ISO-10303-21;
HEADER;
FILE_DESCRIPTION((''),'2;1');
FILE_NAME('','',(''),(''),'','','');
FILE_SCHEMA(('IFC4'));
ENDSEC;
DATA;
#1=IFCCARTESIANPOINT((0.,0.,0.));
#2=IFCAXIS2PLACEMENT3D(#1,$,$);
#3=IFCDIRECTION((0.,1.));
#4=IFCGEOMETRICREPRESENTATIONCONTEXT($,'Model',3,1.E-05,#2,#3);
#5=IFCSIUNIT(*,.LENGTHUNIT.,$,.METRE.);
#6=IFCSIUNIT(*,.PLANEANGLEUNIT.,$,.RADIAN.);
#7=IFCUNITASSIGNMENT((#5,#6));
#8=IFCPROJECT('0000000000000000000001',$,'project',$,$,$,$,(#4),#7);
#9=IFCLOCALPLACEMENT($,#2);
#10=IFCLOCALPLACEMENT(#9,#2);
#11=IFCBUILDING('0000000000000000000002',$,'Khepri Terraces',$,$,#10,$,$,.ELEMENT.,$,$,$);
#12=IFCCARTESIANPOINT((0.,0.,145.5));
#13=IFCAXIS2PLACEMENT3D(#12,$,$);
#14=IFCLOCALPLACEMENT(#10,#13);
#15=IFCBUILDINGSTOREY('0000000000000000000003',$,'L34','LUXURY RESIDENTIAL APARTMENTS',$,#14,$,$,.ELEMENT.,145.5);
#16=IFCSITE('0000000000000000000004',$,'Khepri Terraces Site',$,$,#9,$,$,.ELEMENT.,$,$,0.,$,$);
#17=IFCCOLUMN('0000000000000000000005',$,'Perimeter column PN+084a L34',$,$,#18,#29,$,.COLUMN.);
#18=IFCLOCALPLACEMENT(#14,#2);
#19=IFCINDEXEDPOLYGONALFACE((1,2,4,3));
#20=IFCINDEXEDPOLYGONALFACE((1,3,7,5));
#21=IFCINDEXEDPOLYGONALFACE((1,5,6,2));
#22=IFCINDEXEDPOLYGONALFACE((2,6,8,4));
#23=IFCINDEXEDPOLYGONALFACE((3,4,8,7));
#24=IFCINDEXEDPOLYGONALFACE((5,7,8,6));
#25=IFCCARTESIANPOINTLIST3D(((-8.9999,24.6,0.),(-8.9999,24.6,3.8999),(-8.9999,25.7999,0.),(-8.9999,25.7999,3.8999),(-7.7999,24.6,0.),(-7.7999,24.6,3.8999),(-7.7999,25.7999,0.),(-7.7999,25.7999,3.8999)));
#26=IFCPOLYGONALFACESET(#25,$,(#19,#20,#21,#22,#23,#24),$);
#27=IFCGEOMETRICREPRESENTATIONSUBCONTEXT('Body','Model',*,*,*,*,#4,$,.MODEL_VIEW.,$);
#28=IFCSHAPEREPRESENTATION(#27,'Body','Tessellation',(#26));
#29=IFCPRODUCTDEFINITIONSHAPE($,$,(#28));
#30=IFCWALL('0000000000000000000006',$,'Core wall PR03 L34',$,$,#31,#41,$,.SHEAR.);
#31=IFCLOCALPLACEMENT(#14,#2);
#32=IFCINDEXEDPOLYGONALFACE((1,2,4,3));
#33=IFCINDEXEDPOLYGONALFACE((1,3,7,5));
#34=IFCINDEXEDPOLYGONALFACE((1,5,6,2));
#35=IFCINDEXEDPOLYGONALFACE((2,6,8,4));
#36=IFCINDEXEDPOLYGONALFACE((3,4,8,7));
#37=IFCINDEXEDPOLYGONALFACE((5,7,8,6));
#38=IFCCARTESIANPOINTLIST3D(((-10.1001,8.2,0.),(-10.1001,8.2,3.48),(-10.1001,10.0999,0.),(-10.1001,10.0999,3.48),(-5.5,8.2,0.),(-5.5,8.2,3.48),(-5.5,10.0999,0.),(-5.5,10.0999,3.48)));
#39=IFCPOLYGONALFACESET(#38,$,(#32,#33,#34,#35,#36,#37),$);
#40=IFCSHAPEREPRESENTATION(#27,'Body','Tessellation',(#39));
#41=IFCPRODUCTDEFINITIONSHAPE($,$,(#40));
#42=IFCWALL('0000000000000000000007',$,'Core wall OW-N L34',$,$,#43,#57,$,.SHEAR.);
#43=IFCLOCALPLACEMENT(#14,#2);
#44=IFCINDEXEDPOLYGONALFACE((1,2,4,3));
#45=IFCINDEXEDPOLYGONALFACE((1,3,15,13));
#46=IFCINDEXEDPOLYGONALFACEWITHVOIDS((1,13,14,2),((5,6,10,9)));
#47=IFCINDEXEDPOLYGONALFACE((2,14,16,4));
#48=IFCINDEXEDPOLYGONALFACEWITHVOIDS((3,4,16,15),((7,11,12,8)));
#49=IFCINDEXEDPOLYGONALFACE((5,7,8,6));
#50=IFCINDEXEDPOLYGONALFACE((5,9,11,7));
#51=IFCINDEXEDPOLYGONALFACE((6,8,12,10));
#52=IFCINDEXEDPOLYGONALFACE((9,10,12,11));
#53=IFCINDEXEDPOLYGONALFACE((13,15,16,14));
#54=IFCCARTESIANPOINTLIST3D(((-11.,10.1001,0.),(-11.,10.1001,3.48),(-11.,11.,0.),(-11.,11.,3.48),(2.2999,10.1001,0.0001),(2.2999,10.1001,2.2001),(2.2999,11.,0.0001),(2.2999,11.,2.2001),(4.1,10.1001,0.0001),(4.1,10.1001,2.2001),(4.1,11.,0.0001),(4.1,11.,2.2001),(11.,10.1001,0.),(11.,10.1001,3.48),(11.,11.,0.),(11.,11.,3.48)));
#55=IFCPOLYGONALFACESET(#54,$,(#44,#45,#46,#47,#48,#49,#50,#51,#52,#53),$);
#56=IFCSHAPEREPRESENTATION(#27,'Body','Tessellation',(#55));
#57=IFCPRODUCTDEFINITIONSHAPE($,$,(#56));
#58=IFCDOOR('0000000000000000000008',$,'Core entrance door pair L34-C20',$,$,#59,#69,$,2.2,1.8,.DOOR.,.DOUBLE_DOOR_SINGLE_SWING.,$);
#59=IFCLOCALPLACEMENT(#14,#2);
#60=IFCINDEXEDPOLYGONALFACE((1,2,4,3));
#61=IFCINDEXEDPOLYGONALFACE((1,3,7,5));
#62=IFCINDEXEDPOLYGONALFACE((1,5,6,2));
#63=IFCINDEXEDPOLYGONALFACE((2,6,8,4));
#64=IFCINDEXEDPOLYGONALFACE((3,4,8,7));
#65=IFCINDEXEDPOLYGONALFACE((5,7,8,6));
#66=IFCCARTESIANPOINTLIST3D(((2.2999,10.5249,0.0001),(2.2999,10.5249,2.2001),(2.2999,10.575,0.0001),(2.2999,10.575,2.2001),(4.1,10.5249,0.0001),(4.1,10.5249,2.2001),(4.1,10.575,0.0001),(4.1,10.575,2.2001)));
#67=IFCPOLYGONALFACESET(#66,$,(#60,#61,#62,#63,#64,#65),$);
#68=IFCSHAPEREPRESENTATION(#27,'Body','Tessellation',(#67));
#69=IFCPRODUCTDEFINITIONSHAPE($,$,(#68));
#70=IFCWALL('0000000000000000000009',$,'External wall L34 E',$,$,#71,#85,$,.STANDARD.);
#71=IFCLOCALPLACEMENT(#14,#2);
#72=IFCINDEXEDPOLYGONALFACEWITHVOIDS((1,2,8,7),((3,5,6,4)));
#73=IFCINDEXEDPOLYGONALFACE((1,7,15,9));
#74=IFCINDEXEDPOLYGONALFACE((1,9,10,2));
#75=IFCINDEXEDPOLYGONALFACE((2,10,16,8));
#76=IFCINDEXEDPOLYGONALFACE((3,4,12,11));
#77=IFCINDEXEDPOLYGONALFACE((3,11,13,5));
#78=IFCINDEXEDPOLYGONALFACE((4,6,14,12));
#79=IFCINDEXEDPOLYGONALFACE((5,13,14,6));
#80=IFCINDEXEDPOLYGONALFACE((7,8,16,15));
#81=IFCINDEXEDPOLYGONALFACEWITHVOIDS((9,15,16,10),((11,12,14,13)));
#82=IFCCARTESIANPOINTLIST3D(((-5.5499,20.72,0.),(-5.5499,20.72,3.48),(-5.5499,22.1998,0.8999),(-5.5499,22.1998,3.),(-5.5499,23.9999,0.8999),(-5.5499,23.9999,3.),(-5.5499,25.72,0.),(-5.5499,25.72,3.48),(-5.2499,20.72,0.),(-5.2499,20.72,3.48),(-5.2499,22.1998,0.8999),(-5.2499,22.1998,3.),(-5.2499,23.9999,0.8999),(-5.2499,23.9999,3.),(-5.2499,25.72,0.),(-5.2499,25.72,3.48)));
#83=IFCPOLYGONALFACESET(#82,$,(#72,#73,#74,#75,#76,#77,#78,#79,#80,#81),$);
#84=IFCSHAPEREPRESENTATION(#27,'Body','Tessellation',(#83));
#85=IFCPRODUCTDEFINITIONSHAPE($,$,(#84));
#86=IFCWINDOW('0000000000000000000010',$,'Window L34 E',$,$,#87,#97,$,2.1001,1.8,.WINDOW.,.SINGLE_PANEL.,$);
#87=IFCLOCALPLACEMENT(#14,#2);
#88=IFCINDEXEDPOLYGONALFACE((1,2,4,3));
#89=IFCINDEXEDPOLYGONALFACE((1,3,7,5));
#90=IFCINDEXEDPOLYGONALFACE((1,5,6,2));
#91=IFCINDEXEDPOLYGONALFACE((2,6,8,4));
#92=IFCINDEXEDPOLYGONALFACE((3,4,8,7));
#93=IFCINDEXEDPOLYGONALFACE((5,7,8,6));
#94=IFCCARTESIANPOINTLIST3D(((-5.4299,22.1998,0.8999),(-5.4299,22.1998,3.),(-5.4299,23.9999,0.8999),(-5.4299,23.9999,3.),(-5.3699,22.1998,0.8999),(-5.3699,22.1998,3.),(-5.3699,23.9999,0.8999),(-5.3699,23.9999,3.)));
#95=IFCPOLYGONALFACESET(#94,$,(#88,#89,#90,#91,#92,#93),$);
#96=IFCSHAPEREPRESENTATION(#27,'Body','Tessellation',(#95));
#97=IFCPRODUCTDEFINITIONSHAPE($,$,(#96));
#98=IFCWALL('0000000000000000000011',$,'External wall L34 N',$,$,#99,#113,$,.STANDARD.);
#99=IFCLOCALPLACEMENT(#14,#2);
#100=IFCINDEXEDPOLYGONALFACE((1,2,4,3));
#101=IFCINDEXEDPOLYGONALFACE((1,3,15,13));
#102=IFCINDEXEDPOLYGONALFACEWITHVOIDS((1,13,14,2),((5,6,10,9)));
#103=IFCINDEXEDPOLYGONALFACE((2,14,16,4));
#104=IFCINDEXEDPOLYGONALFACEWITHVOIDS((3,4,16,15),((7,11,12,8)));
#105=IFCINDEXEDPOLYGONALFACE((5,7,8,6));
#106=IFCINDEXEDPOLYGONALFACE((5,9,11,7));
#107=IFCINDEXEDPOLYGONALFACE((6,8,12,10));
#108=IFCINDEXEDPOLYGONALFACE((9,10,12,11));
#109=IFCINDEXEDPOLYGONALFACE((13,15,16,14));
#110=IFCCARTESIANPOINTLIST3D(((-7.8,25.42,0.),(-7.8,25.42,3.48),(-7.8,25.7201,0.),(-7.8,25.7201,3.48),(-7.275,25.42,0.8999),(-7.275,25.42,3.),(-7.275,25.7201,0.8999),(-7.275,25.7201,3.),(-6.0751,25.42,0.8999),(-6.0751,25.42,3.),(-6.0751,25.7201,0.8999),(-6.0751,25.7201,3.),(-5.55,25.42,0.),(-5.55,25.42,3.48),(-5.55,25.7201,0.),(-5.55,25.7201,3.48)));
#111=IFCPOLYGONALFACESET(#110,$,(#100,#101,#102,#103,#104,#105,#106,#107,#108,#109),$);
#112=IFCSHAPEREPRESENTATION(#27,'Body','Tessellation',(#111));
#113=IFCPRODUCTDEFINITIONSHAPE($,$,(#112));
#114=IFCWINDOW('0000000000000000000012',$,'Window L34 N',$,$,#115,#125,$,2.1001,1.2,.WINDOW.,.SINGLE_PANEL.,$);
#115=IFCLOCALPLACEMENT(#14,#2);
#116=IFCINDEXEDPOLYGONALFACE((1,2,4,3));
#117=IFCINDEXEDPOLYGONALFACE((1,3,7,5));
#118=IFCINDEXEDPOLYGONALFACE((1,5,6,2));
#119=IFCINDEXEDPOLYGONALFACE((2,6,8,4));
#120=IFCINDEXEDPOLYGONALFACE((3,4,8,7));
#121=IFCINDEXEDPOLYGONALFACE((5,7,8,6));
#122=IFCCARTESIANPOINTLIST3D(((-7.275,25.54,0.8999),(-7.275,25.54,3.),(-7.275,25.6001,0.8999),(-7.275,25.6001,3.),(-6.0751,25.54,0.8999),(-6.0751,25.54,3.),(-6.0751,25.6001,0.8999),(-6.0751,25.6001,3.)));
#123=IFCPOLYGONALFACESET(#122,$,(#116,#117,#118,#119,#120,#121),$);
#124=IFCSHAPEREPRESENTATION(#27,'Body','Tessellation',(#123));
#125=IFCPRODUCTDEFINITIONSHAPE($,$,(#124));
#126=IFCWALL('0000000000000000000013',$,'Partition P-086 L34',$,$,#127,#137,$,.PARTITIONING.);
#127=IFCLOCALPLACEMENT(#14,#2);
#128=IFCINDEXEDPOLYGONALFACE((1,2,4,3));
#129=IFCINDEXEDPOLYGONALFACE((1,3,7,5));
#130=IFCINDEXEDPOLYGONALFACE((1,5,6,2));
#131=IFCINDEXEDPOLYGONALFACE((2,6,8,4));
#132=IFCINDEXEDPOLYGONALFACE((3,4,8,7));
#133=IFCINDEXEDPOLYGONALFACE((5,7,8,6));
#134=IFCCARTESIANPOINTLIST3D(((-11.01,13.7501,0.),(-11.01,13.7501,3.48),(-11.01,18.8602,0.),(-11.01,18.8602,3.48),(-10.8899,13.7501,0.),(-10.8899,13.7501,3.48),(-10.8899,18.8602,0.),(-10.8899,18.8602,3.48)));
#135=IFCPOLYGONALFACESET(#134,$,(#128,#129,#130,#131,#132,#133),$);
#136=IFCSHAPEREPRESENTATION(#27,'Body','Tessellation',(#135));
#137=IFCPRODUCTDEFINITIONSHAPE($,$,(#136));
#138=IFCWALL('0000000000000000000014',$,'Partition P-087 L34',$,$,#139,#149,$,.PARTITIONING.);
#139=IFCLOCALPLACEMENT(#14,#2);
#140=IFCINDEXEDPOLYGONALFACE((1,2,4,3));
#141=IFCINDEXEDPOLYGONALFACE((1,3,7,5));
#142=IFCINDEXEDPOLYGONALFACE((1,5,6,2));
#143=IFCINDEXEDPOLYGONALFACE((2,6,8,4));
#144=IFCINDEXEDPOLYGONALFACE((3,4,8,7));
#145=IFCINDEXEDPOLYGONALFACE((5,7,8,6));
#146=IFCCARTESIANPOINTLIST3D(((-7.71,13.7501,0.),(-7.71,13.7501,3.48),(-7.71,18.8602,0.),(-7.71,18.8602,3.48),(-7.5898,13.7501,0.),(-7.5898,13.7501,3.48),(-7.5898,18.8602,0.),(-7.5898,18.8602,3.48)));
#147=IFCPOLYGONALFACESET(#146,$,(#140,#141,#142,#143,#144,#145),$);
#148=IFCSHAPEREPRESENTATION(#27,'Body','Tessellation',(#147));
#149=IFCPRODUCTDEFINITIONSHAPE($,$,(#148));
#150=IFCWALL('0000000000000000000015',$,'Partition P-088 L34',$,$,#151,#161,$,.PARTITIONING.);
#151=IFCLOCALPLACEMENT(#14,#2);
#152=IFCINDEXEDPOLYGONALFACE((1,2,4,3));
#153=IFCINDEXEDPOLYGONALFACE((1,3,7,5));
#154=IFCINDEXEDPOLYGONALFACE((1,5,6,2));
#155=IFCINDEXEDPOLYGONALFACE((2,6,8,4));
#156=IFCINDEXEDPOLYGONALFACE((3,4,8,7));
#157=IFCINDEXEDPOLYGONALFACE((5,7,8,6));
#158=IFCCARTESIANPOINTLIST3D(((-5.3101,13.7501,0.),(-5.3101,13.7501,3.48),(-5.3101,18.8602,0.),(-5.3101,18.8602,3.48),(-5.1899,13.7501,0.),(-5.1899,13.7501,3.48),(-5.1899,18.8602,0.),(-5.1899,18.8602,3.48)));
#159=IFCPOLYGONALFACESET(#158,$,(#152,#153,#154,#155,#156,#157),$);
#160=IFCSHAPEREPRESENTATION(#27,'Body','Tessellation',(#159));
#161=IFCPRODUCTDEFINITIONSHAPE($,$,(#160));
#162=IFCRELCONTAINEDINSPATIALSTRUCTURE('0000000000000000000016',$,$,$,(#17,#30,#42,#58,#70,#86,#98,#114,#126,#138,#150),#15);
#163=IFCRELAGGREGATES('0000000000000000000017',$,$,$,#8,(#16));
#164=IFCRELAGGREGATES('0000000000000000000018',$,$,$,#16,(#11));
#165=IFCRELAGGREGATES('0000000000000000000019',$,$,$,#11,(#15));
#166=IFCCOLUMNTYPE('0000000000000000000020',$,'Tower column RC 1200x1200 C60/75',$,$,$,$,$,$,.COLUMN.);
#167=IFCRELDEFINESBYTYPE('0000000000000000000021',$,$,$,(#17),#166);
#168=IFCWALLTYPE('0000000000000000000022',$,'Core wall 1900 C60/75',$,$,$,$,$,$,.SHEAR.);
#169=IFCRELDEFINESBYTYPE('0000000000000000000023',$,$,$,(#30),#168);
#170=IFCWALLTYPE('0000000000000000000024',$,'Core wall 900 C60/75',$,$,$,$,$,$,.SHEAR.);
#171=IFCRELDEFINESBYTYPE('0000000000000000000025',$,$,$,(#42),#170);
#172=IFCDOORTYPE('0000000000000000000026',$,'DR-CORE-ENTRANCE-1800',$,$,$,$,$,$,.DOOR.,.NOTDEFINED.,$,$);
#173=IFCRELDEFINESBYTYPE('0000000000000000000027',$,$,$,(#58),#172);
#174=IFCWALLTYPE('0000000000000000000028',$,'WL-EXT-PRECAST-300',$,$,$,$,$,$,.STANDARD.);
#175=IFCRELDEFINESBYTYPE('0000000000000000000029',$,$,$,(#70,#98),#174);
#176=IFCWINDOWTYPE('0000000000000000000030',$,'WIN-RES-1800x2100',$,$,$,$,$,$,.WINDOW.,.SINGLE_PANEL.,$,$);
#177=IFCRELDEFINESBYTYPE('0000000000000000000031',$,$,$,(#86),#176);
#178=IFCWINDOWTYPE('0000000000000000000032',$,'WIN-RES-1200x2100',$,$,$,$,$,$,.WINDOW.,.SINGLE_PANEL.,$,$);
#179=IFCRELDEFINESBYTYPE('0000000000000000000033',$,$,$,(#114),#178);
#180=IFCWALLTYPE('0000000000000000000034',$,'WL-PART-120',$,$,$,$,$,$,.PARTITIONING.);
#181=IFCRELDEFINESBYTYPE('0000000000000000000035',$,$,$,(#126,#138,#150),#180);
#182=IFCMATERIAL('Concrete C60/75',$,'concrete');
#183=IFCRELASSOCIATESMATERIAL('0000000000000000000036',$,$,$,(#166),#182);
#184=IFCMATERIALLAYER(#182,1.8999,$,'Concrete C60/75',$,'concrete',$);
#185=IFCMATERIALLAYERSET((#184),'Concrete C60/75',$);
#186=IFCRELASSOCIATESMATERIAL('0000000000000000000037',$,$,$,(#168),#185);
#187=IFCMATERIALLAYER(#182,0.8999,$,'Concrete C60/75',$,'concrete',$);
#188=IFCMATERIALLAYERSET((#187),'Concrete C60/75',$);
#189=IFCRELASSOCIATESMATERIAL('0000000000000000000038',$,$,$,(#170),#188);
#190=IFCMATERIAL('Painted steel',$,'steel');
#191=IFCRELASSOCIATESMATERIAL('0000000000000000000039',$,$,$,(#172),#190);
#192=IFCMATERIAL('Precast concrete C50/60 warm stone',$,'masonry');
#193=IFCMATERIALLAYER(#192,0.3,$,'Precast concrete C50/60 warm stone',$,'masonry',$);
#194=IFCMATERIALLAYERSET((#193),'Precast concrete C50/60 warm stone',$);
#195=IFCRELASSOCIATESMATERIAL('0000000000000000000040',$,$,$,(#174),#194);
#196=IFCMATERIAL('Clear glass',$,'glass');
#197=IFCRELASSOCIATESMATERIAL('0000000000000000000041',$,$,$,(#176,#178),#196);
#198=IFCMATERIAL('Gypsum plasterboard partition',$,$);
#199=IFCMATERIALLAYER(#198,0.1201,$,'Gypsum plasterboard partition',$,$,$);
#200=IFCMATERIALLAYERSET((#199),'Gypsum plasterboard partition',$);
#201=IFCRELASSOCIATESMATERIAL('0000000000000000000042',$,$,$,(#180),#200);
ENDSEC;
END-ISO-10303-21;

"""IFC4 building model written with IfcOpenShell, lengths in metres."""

from ifc_helpers import new_model, si_unit, direction, frame, frame_2d, origin, origin_2d, place, context, subcontext, project, spatial, rectangle, extrude, material, layer, layer_set, material_profile, profile_set, type_object, element, fill, save


model = new_model("IFC4")

# Units and contexts
model_context = context("Model", 3, precision=1e-05, world=origin(), true_north=direction((0.0, 1.0)))
body_context = subcontext(model_context, "Body", "Model", "MODEL_VIEW")
ifc_project = project(units=[si_unit("LENGTHUNIT", "METRE"), si_unit("PLANEANGLEUNIT", "RADIAN")], contexts=[model_context])

# Site, building, storey
site_placement = place(None, origin())
site = spatial("IfcSite", under=ifc_project, at=site_placement, Name="Khepri Terraces Site", CompositionType="ELEMENT", RefElevation=0.0)
building_placement = place(site_placement, origin())
building = spatial("IfcBuilding", under=site, at=building_placement, Name="Khepri Terraces", CompositionType="ELEMENT")
storey_placement = place(building_placement, frame((0.0, 0.0, 145.5)))
storey = spatial("IfcBuildingStorey", under=building, at=storey_placement, Name="L34", Description="LUXURY RESIDENTIAL APARTMENTS", CompositionType="ELEMENT", Elevation=145.5)

# Column
ifc_material_1 = material(Name="Concrete C60/75", Category="concrete")
ifc_material_profile = material_profile(ifc_material_1, rectangle(XDim=1.2, YDim=1.2, at=origin_2d()), Name="Concrete C60/75", Category="concrete")
ifc_profile_set = profile_set([ifc_material_profile], Name="Concrete C60/75")
column_type = type_object("IfcColumnType", Name="Tower column RC 1200x1200 C60/75", PredefinedType="COLUMN", material=ifc_profile_set)
column_placement = place(storey_placement, frame((-8.3999, 25.2, 0.0), z_axis=(0.0, 0.0, 1.0), x_axis=(1.0, 0.0, 0.0)))
element("IfcColumn", 1, at=column_placement, inside=storey, type_object=column_type, Name="Perimeter column PN+084a L34", PredefinedType="COLUMN", context=body_context, shape_type="SweptSolid", body=[
    extrude(rectangle(XDim=1.2, YDim=1.2, at=origin_2d()), origin(), (0.0, 0.0, 1.0), 3.8999),
])

# Wall
ifc_layer_1 = layer(ifc_material_1, 1.8999, Name="Concrete C60/75", Category="concrete")
ifc_layer_set_1 = layer_set([ifc_layer_1], Name="Concrete C60/75")
wall_type_1 = type_object("IfcWallType", Name="Core wall 1900 C60/75", PredefinedType="SHEAR", material=ifc_layer_set_1)
wall_1_placement = place(storey_placement, frame((-10.1001, 9.1499, 0.0), z_axis=(0.0, 0.0, 1.0), x_axis=(1.0, 0.0, 0.0)))
element("IfcWall", 2, at=wall_1_placement, inside=storey, type_object=wall_type_1, Name="Core wall PR03 L34", PredefinedType="SHEAR", context=body_context, shape_type="SweptSolid", body=[
    extrude(rectangle(XDim=4.6001, YDim=1.8999, at=frame_2d((2.3, 0.0))), origin(), (0.0, 0.0, 1.0), 3.48),
])

# Wall, opening, door
ifc_layer_2 = layer(ifc_material_1, 0.8999, Name="Concrete C60/75", Category="concrete")
ifc_layer_set_2 = layer_set([ifc_layer_2], Name="Concrete C60/75")
wall_type_2 = type_object("IfcWallType", Name="Core wall 900 C60/75", PredefinedType="SHEAR", material=ifc_layer_set_2)
wall_2_placement = place(storey_placement, frame((-11.0, 10.55, 0.0), z_axis=(0.0, 0.0, 1.0), x_axis=(1.0, 0.0, 0.0)))
wall_2 = element("IfcWall", 3, at=wall_2_placement, inside=storey, type_object=wall_type_2, Name="Core wall OW-N L34", PredefinedType="SHEAR", context=body_context, shape_type="SweptSolid", body=[
    extrude(rectangle(XDim=22.0, YDim=0.8999, at=frame_2d((11.0, 0.0))), origin(), (0.0, 0.0, 1.0), 3.48),
])
opening_1_placement = place(wall_2_placement, frame((13.3, 0.0, 0.0)))
opening_1 = element("IfcOpeningElement", 4, at=opening_1_placement, cuts=wall_2, PredefinedType="OPENING", context=body_context, shape_type="SweptSolid", body=[
    extrude(rectangle(XDim=1.8, YDim=2.2, at=frame_2d((0.8999, 1.1001))), frame((0.0, 0.46, 0.0), z_axis=(0.0, -1.0, 0.0), x_axis=(1.0, 0.0, 0.0)), (0.0, 0.0, 1.0), 0.9199),
])
ifc_material_2 = material(Name="Painted steel", Category="steel")
door_type_1 = type_object("IfcDoorType", Name="DR-CORE-ENTRANCE-1800", OperationType="NOTDEFINED", PredefinedType="DOOR", material=ifc_material_2)
door_1_placement = place(opening_1_placement, origin())
door_1 = element("IfcDoor", 5, at=door_1_placement, inside=storey, type_object=door_type_1, Name="Core entrance door pair L34-C20", OperationType="DOUBLE_DOOR_SINGLE_SWING", OverallHeight=2.2, OverallWidth=1.8, PredefinedType="DOOR", context=body_context, shape_type="SweptSolid", body=[
    extrude(rectangle(XDim=1.8, YDim=2.2, at=frame_2d((0.8999, 1.1001))), frame((0.0, 0.0249, 0.0), z_axis=(0.0, -1.0, 0.0), x_axis=(1.0, 0.0, 0.0)), (0.0, 0.0, 1.0), 0.05),
])
fill(opening_1, door_1)

# Walls, openings, windows
ifc_material_3 = material(Name="Precast concrete C50/60 warm stone", Category="masonry")
ifc_layer_3 = layer(ifc_material_3, 0.3, Name="Precast concrete C50/60 warm stone", Category="masonry")
ifc_layer_set_3 = layer_set([ifc_layer_3], Name="Precast concrete C50/60 warm stone")
wall_type_3 = type_object("IfcWallType", Name="WL-EXT-PRECAST-300", PredefinedType="STANDARD", material=ifc_layer_set_3)
wall_3_placement = place(storey_placement, frame((-5.3999, 20.72, 0.0), z_axis=(0.0, 0.0, 1.0), x_axis=(0.0, 1.0, 0.0)))
wall_3 = element("IfcWall", 6, at=wall_3_placement, inside=storey, type_object=wall_type_3, Name="External wall L34 E", PredefinedType="STANDARD", context=body_context, shape_type="SweptSolid", body=[
    extrude(rectangle(XDim=5.0, YDim=0.3, at=frame_2d((2.5, 0.0))), origin(), (0.0, 0.0, 1.0), 3.48),
])
opening_2_placement = place(wall_3_placement, frame((1.48, 0.0, 0.8999)))
opening_2 = element("IfcOpeningElement", 7, at=opening_2_placement, cuts=wall_3, PredefinedType="OPENING", context=body_context, shape_type="SweptSolid", body=[
    extrude(rectangle(XDim=1.8, YDim=2.1001, at=frame_2d((0.8999, 1.05))), frame((0.0, 0.1602, 0.0), z_axis=(0.0, -1.0, 0.0), x_axis=(1.0, 0.0, 0.0)), (0.0, 0.0, 1.0), 0.3201),
])
ifc_material_4 = material(Name="Clear glass", Category="glass")
window_type_1 = type_object("IfcWindowType", Name="WIN-RES-1800x2100", PartitioningType="SINGLE_PANEL", PredefinedType="WINDOW", material=ifc_material_4)
window_1_placement = place(opening_2_placement, origin())
window_1 = element("IfcWindow", 8, at=window_1_placement, inside=storey, type_object=window_type_1, Name="Window L34 E", OverallHeight=2.1001, OverallWidth=1.8, PartitioningType="SINGLE_PANEL", PredefinedType="WINDOW", context=body_context, shape_type="SweptSolid", body=[
    extrude(rectangle(XDim=1.8, YDim=2.1001, at=frame_2d((0.8999, 1.05))), frame((0.0, 0.03, 0.0), z_axis=(0.0, -1.0, 0.0), x_axis=(1.0, 0.0, 0.0)), (0.0, 0.0, 1.0), 0.0601),
])
fill(opening_2, window_1)
wall_4_placement = place(storey_placement, frame((-5.55, 25.5701, 0.0), z_axis=(0.0, 0.0, 1.0), x_axis=(-1.0, 0.0, 0.0)))
wall_4 = element("IfcWall", 9, at=wall_4_placement, inside=storey, type_object=wall_type_3, Name="External wall L34 N", PredefinedType="STANDARD", context=body_context, shape_type="SweptSolid", body=[
    extrude(rectangle(XDim=2.25, YDim=0.3, at=frame_2d((1.125, 0.0))), origin(), (0.0, 0.0, 1.0), 3.48),
])
opening_3_placement = place(wall_4_placement, frame((0.5249, 0.0, 0.8999)))
opening_3 = element("IfcOpeningElement", 10, at=opening_3_placement, cuts=wall_4, PredefinedType="OPENING", context=body_context, shape_type="SweptSolid", body=[
    extrude(rectangle(XDim=1.2, YDim=2.1001, at=frame_2d((0.6001, 1.05))), frame((0.0, 0.1602, 0.0), z_axis=(0.0, -1.0, 0.0), x_axis=(1.0, 0.0, 0.0)), (0.0, 0.0, 1.0), 0.3201),
])
window_type_2 = type_object("IfcWindowType", Name="WIN-RES-1200x2100", PartitioningType="SINGLE_PANEL", PredefinedType="WINDOW", material=ifc_material_4)
window_2_placement = place(opening_3_placement, origin())
window_2 = element("IfcWindow", 11, at=window_2_placement, inside=storey, type_object=window_type_2, Name="Window L34 N", OverallHeight=2.1001, OverallWidth=1.2, PartitioningType="SINGLE_PANEL", PredefinedType="WINDOW", context=body_context, shape_type="SweptSolid", body=[
    extrude(rectangle(XDim=1.2, YDim=2.1001, at=frame_2d((0.6001, 1.05))), frame((0.0, 0.03, 0.0), z_axis=(0.0, -1.0, 0.0), x_axis=(1.0, 0.0, 0.0)), (0.0, 0.0, 1.0), 0.0601),
])
fill(opening_3, window_2)

# Walls
ifc_material_5 = material(Name="Gypsum plasterboard partition")
ifc_layer_4 = layer(ifc_material_5, 0.1201, Name="Gypsum plasterboard partition")
ifc_layer_set_4 = layer_set([ifc_layer_4], Name="Gypsum plasterboard partition")
wall_type_4 = type_object("IfcWallType", Name="WL-PART-120", PredefinedType="PARTITIONING", material=ifc_layer_set_4)
for number, where, z_axis, x_axis, name in (
    (12, (-10.95, 13.75, 0.0), (0.0, 0.0, 1.0), (0.0, 1.0, 0.0), "Partition P-086 L34"),
    (13, (-7.6499, 13.75, 0.0), (0.0, 0.0, 1.0), (0.0, 1.0, 0.0), "Partition P-087 L34"),
    (14, (-5.25, 13.75, 0.0), (0.0, 0.0, 1.0), (0.0, 1.0, 0.0), "Partition P-088 L34"),
):
    element("IfcWall", number, at=place(storey_placement, frame(where, z_axis=z_axis, x_axis=x_axis)), inside=storey, type_object=wall_type_4, Name=name, PredefinedType="PARTITIONING", context=body_context, shape_type="SweptSolid", body=[
        extrude(rectangle(XDim=5.1101, YDim=0.1201, at=frame_2d((2.5552, 0.0))), origin(), (0.0, 0.0, 1.0), 3.48),
    ])

save(model, "model.ifc")
